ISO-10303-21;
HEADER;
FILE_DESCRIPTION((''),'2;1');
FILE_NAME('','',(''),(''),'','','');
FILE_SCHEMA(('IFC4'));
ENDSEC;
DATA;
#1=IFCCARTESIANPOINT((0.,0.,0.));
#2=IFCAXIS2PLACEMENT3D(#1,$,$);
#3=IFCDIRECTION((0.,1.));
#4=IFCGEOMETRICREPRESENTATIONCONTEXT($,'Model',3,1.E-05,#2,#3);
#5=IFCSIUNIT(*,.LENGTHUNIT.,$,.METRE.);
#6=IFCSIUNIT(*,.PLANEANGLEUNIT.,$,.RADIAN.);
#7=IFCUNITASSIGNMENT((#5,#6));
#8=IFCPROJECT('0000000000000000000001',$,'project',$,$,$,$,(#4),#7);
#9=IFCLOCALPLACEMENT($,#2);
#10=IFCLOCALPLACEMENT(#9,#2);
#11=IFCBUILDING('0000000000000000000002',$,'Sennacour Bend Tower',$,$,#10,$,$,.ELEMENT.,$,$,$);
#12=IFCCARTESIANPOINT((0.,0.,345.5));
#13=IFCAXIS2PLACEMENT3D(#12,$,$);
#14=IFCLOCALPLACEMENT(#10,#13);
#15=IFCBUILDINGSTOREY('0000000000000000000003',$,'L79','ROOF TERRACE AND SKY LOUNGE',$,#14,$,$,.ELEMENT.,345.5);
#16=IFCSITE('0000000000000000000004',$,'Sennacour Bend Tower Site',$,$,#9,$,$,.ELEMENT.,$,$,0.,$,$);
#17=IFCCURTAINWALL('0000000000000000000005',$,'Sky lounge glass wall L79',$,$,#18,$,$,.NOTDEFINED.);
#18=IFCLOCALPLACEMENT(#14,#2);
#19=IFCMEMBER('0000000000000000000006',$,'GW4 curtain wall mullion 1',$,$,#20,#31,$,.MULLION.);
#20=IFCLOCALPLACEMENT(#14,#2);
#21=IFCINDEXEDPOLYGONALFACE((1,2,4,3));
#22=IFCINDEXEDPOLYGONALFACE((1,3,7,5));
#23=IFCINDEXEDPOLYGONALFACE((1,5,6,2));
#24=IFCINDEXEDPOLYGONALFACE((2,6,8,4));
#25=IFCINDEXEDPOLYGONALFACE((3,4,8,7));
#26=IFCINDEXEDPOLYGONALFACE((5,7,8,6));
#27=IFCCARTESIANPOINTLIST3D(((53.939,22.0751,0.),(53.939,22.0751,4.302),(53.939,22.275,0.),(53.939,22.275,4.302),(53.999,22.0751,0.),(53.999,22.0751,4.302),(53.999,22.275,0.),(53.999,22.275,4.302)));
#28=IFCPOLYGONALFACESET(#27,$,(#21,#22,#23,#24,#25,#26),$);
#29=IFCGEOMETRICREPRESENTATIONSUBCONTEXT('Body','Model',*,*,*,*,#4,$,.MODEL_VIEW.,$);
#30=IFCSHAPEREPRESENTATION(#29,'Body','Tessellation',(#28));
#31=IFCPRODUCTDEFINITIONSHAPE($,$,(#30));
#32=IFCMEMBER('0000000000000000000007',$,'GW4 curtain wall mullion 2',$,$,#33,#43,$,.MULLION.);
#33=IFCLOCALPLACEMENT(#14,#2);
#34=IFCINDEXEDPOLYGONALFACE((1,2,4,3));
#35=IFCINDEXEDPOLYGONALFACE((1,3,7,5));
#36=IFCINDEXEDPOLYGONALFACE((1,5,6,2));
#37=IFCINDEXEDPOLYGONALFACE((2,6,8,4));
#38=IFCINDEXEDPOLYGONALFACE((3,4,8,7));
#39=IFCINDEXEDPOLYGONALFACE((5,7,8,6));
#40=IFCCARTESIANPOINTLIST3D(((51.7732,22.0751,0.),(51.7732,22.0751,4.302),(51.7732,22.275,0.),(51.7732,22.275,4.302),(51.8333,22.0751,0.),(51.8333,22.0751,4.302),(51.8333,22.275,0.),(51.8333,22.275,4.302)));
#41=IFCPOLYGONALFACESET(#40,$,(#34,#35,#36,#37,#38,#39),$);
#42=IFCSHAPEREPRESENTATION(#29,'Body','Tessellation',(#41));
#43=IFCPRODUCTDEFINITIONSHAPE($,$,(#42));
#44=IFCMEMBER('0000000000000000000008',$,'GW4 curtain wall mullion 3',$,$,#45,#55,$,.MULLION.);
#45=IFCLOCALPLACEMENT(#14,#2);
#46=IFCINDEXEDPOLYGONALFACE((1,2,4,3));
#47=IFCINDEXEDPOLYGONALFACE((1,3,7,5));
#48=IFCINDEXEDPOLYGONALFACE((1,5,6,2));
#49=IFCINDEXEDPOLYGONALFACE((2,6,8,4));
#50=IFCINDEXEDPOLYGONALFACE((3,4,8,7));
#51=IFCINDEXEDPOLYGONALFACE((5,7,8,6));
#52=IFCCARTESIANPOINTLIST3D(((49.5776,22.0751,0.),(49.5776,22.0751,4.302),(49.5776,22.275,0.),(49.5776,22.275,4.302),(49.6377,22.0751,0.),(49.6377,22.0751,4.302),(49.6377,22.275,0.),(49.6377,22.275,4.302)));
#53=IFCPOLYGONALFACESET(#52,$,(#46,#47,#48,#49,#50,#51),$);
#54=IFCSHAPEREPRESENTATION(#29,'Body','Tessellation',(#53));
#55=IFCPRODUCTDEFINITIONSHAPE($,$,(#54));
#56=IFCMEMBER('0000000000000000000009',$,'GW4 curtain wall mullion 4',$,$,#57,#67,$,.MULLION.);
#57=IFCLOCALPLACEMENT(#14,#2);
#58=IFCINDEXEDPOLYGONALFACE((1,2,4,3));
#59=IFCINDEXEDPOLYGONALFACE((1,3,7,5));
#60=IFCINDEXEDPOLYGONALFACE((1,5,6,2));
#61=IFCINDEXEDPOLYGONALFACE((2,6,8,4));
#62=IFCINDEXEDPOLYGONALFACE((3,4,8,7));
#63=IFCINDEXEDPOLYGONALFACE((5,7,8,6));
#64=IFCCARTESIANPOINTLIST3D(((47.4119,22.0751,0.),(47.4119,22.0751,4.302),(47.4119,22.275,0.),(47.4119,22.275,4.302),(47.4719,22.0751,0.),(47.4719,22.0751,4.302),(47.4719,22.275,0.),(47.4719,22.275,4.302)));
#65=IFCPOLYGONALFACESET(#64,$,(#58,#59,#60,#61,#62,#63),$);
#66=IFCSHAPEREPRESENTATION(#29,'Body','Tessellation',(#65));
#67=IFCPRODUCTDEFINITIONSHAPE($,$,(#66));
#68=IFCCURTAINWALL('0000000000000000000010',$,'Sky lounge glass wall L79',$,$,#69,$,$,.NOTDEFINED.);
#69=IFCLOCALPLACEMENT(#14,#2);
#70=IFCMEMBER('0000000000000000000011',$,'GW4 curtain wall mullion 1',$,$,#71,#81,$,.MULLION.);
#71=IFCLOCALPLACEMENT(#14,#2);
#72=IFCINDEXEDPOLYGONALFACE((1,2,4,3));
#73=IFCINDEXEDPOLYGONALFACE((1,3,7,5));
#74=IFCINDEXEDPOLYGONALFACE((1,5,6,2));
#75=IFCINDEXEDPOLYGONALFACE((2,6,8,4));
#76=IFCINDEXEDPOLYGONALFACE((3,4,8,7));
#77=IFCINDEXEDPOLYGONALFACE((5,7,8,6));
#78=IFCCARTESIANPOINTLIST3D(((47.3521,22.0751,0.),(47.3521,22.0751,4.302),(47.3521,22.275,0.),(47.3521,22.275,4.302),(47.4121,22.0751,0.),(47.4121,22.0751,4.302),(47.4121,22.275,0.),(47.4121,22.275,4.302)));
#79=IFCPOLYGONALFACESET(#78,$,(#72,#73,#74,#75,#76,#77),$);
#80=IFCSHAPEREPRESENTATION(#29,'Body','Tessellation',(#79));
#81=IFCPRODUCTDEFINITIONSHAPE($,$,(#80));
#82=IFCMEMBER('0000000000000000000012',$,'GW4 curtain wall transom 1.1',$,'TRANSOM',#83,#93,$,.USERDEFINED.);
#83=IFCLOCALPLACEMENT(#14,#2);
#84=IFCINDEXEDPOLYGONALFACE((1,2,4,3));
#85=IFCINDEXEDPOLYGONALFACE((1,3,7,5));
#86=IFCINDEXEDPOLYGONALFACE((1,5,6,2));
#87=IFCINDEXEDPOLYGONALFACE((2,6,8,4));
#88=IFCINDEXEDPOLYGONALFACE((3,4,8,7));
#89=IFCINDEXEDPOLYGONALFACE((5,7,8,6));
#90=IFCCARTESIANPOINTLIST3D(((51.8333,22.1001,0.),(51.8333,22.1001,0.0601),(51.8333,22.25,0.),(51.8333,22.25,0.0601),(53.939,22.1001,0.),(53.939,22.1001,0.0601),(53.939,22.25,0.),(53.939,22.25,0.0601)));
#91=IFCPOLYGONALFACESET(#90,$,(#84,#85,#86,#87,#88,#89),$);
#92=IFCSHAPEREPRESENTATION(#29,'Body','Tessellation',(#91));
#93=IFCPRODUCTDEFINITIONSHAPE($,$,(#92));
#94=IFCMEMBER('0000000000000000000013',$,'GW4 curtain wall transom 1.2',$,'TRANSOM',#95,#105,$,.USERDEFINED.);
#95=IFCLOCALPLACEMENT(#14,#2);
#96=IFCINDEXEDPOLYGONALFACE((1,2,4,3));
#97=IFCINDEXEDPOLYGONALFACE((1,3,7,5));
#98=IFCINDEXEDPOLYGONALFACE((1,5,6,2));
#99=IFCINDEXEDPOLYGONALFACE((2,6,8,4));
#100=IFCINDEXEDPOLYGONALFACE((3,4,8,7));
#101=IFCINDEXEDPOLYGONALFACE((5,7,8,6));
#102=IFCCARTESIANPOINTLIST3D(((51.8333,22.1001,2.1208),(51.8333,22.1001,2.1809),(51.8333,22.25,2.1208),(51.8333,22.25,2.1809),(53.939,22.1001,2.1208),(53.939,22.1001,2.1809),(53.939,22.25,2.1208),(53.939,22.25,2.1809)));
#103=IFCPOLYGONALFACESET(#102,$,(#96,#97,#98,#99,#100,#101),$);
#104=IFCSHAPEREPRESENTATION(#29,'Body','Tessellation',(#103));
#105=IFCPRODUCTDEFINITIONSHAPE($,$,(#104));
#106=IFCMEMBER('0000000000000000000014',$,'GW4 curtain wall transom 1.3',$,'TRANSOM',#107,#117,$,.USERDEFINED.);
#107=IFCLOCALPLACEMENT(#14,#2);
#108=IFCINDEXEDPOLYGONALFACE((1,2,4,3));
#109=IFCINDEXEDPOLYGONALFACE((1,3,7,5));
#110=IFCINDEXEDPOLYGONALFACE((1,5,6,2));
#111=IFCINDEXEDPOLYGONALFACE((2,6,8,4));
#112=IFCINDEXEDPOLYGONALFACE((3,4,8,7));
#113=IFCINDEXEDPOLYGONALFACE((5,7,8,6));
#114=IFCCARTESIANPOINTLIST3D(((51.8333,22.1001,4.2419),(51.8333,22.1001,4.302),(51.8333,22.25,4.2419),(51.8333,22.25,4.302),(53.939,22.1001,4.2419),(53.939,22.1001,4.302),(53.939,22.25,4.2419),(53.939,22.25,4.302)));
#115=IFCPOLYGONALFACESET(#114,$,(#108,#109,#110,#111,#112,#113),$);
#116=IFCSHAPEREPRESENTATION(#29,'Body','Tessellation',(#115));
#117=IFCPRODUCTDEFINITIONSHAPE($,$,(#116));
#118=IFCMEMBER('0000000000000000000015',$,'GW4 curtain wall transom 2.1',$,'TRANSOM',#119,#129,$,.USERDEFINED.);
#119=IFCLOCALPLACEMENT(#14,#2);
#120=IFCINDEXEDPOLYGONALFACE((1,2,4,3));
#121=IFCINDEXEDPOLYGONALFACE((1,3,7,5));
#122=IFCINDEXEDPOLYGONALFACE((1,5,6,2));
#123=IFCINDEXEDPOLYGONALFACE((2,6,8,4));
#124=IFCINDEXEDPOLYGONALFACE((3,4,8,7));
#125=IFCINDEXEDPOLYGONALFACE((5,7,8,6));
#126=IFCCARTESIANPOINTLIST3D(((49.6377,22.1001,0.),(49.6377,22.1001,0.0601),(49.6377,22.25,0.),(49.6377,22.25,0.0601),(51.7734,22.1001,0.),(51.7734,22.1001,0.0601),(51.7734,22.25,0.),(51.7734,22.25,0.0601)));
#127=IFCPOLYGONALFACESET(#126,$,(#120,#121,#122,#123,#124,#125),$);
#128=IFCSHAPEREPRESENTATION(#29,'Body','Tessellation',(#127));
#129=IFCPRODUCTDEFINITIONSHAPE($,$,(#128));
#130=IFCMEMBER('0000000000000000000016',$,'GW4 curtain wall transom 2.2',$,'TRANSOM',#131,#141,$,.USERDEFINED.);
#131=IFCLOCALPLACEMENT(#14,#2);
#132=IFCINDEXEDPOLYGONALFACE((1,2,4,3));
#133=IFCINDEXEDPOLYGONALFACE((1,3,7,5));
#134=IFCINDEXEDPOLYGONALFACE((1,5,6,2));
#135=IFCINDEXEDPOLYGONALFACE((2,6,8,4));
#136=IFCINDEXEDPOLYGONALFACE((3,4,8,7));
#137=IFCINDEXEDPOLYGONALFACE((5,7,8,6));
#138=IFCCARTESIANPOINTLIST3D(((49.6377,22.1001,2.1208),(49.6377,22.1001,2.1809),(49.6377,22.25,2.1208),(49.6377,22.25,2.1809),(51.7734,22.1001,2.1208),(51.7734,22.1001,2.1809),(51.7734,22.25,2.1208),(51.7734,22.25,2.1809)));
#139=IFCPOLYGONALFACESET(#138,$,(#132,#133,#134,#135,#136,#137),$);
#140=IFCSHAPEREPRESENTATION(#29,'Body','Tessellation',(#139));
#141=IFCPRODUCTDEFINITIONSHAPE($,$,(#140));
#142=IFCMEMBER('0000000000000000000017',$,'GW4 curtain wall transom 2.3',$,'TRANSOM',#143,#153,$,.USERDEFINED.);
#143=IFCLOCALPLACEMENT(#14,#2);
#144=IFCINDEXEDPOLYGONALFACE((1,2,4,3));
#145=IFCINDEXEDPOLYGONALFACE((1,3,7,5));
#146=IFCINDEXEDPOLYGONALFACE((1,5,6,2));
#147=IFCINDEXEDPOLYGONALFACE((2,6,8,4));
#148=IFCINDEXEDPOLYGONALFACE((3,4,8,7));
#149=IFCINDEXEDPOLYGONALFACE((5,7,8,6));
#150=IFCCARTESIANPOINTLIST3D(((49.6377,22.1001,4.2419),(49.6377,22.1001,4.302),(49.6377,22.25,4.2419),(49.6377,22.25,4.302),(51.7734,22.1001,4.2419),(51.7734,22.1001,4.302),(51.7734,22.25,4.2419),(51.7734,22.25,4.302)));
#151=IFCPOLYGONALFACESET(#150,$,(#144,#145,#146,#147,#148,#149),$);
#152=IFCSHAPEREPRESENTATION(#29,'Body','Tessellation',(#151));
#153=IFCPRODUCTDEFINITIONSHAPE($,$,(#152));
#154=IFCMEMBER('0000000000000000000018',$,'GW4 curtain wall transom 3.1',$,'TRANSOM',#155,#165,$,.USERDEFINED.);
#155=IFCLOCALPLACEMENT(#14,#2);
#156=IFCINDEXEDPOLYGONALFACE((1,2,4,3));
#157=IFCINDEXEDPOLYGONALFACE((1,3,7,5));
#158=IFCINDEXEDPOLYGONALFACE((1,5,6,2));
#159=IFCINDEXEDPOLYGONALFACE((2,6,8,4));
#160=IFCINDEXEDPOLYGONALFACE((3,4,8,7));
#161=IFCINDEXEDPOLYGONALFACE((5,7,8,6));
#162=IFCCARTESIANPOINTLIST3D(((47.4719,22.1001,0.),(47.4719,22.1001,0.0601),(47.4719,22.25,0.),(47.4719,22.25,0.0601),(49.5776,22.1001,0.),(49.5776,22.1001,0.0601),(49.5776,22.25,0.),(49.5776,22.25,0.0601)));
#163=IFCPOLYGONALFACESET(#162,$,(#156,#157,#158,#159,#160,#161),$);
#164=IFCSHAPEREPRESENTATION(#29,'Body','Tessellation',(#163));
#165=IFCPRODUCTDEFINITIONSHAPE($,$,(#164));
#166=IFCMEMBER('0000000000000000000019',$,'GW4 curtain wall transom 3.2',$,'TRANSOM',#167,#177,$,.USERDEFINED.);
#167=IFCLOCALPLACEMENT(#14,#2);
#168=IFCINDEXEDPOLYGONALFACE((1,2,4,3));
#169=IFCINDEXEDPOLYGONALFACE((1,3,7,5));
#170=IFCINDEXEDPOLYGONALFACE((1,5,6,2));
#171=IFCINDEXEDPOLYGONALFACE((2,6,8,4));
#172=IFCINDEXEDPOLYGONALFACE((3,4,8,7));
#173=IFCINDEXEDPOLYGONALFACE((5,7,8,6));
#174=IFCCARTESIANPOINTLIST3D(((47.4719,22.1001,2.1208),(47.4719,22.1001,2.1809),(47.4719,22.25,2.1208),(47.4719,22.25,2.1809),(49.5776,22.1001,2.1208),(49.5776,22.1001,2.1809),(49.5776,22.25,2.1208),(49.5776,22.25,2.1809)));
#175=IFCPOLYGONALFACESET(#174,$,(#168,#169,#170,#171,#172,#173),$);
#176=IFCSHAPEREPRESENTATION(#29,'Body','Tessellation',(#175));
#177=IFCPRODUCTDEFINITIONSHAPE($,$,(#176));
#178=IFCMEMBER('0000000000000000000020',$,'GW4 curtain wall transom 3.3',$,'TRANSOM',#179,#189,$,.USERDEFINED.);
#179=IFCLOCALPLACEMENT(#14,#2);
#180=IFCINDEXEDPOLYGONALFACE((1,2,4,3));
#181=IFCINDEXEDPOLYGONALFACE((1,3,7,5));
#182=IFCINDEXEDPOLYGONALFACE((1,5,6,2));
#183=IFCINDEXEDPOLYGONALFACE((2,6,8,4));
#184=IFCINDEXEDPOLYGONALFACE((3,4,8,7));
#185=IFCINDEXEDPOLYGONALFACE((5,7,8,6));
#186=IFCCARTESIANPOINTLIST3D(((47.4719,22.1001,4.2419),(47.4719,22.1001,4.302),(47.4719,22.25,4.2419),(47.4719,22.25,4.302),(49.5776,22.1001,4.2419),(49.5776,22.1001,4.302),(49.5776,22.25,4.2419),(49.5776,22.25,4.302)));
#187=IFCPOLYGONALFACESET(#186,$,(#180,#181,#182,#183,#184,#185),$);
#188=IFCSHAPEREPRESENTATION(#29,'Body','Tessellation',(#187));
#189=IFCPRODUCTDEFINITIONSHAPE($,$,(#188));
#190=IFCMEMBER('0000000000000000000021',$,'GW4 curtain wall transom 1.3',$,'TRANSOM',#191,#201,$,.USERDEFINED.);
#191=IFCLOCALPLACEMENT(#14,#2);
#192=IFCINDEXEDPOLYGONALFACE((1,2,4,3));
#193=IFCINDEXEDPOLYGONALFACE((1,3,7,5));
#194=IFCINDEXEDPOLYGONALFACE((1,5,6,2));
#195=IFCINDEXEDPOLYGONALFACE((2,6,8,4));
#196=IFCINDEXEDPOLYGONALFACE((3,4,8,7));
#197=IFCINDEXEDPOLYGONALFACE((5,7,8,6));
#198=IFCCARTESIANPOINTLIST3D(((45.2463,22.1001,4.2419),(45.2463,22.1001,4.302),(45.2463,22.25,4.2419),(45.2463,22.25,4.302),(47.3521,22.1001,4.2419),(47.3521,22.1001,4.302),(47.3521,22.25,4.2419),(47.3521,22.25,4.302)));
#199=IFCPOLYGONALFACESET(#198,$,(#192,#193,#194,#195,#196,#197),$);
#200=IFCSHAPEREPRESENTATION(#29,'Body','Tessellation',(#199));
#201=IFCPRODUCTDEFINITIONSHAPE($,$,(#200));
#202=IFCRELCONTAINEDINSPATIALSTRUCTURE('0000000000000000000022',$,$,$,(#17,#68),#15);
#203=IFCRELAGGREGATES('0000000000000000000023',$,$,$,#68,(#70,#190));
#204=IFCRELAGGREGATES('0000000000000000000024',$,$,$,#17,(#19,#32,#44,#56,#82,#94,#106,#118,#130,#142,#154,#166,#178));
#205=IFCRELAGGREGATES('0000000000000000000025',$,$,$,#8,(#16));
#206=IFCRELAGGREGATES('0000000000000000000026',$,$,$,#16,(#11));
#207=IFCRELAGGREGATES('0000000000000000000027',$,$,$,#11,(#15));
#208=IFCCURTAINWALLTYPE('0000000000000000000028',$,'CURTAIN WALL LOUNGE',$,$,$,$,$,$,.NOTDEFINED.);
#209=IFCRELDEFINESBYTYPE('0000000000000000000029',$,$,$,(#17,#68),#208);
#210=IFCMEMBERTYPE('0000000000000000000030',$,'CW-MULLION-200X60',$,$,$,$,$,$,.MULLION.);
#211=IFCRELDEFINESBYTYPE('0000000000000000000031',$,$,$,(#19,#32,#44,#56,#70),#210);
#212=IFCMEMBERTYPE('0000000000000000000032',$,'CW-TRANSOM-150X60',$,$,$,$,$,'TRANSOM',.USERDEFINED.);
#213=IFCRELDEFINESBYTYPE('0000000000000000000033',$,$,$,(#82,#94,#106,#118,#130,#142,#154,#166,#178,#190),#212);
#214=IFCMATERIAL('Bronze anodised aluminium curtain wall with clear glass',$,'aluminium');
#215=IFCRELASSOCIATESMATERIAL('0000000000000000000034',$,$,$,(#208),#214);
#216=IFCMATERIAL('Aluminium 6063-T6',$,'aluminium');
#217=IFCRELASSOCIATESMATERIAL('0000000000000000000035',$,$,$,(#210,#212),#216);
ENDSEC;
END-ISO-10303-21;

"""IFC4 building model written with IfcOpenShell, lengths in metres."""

from ifc_helpers import new_model, si_unit, direction, frame, origin, origin_2d, place, context, subcontext, project, spatial, rectangle, extrude, material, material_profile, profile_set, type_object, element, aggregate, save


model = new_model("IFC4")

# Units and contexts
model_context = context("Model", 3, precision=1e-05, world=origin(), true_north=direction((0.0, 1.0)))
body_context = subcontext(model_context, "Body", "Model", "MODEL_VIEW")
ifc_project = project(units=[si_unit("LENGTHUNIT", "METRE"), si_unit("PLANEANGLEUNIT", "RADIAN")], contexts=[model_context])

# Site, building, storey
site_placement = place(None, origin())
site = spatial("IfcSite", under=ifc_project, at=site_placement, Name="Sennacour Bend Tower Site", CompositionType="ELEMENT", RefElevation=0.0)
building_placement = place(site_placement, origin())
building = spatial("IfcBuilding", under=site, at=building_placement, Name="Sennacour Bend Tower", CompositionType="ELEMENT")
storey_placement = place(building_placement, frame((0.0, 0.0, 345.5)))
storey = spatial("IfcBuildingStorey", under=building, at=storey_placement, Name="L79", Description="ROOF TERRACE AND SKY LOUNGE", CompositionType="ELEMENT", Elevation=345.5)

# Curtain wall, members
ifc_material_1 = material(Name="Bronze anodised aluminium curtain wall with clear glass", Category="aluminium")
curtain_wall_type = type_object("IfcCurtainWallType", Name="CURTAIN WALL LOUNGE", PredefinedType="NOTDEFINED", material=ifc_material_1)
curtain_wall_1_placement = place(storey_placement, origin())
curtain_wall_1 = element("IfcCurtainWall", 1, at=curtain_wall_1_placement, inside=storey, type_object=curtain_wall_type, Name="Sky lounge glass wall L79", PredefinedType="NOTDEFINED")
ifc_material_2 = material(Name="Aluminium 6063-T6", Category="aluminium")
ifc_material_profile_1 = material_profile(ifc_material_2, rectangle(XDim=0.2, YDim=0.0601, at=origin_2d()), Name="Aluminium 6063-T6", Category="aluminium")
ifc_profile_set_1 = profile_set([ifc_material_profile_1], Name="Aluminium 6063-T6")
member_type_1 = type_object("IfcMemberType", Name="CW-MULLION-200X60", PredefinedType="MULLION", material=ifc_profile_set_1)
member_1_placement = place(storey_placement, frame((53.969, 22.175, 0.0), z_axis=(0.0, 0.0, 1.0), x_axis=(0.0, -1.0, 0.0)))
member_1 = element("IfcMember", 2, at=member_1_placement, type_object=member_type_1, Name="GW4 curtain wall mullion 1", PredefinedType="MULLION", context=body_context, shape_type="SweptSolid", body=[
    extrude(rectangle(XDim=0.2, YDim=0.0601, at=origin_2d()), origin(), (0.0, 0.0, 1.0), 4.302),
])
member_2_placement = place(storey_placement, frame((51.8032, 22.175, 0.0), z_axis=(0.0, 0.0, 1.0), x_axis=(0.0, -1.0, 0.0)))
member_2 = element("IfcMember", 3, at=member_2_placement, type_object=member_type_1, Name="GW4 curtain wall mullion 2", PredefinedType="MULLION", context=body_context, shape_type="SweptSolid", body=[
    extrude(rectangle(XDim=0.2, YDim=0.0601, at=origin_2d()), origin(), (0.0, 0.0, 1.0), 4.302),
])
member_3_placement = place(storey_placement, frame((49.6077, 22.175, 0.0), z_axis=(0.0, 0.0, 1.0), x_axis=(0.0, -1.0, 0.0)))
member_3 = element("IfcMember", 4, at=member_3_placement, type_object=member_type_1, Name="GW4 curtain wall mullion 3", PredefinedType="MULLION", context=body_context, shape_type="SweptSolid", body=[
    extrude(rectangle(XDim=0.2, YDim=0.0601, at=origin_2d()), origin(), (0.0, 0.0, 1.0), 4.302),
])
member_4_placement = place(storey_placement, frame((47.4419, 22.175, 0.0), z_axis=(0.0, 0.0, 1.0), x_axis=(0.0, -1.0, 0.0)))
member_4 = element("IfcMember", 5, at=member_4_placement, type_object=member_type_1, Name="GW4 curtain wall mullion 4", PredefinedType="MULLION", context=body_context, shape_type="SweptSolid", body=[
    extrude(rectangle(XDim=0.2, YDim=0.0601, at=origin_2d()), origin(), (0.0, 0.0, 1.0), 4.302),
])

# Curtain wall, member
curtain_wall_2_placement = place(storey_placement, origin())
curtain_wall_2 = element("IfcCurtainWall", 6, at=curtain_wall_2_placement, inside=storey, type_object=curtain_wall_type, Name="Sky lounge glass wall L79", PredefinedType="NOTDEFINED")
member_5_placement = place(storey_placement, frame((47.3821, 22.175, 0.0), z_axis=(0.0, 0.0, 1.0), x_axis=(0.0, -1.0, 0.0)))
member_5 = element("IfcMember", 7, at=member_5_placement, type_object=member_type_1, Name="GW4 curtain wall mullion 1", PredefinedType="MULLION", context=body_context, shape_type="SweptSolid", body=[
    extrude(rectangle(XDim=0.2, YDim=0.0601, at=origin_2d()), origin(), (0.0, 0.0, 1.0), 4.302),
])

# Members
ifc_material_profile_2 = material_profile(ifc_material_2, rectangle(XDim=0.1499, YDim=0.0601, at=origin_2d()), Name="Aluminium 6063-T6", Category="aluminium")
ifc_profile_set_2 = profile_set([ifc_material_profile_2], Name="Aluminium 6063-T6")
member_type_2 = type_object("IfcMemberType", Name="CW-TRANSOM-150X60", ElementType="TRANSOM", PredefinedType="USERDEFINED", material=ifc_profile_set_2)
member_6_placement = place(storey_placement, frame((53.939, 22.175, 0.03), z_axis=(-1.0, 0.0, 0.0), x_axis=(0.0, -1.0, 0.0)))
member_6 = element("IfcMember", 8, at=member_6_placement, type_object=member_type_2, Name="GW4 curtain wall transom 1.1", ObjectType="TRANSOM", PredefinedType="USERDEFINED", context=body_context, shape_type="SweptSolid", body=[
    extrude(rectangle(XDim=0.1499, YDim=0.0601, at=origin_2d()), origin(), (0.0, 0.0, 1.0), 2.1057),
])
member_7_placement = place(storey_placement, frame((53.939, 22.175, 2.1509), z_axis=(-1.0, 0.0, 0.0), x_axis=(0.0, -1.0, 0.0)))
member_7 = element("IfcMember", 9, at=member_7_placement, type_object=member_type_2, Name="GW4 curtain wall transom 1.2", ObjectType="TRANSOM", PredefinedType="USERDEFINED", context=body_context, shape_type="SweptSolid", body=[
    extrude(rectangle(XDim=0.1499, YDim=0.0601, at=origin_2d()), origin(), (0.0, 0.0, 1.0), 2.1057),
])
member_8_placement = place(storey_placement, frame((53.939, 22.175, 4.272), z_axis=(-1.0, 0.0, 0.0), x_axis=(0.0, -1.0, 0.0)))
member_8 = element("IfcMember", 10, at=member_8_placement, type_object=member_type_2, Name="GW4 curtain wall transom 1.3", ObjectType="TRANSOM", PredefinedType="USERDEFINED", context=body_context, shape_type="SweptSolid", body=[
    extrude(rectangle(XDim=0.1499, YDim=0.0601, at=origin_2d()), origin(), (0.0, 0.0, 1.0), 2.1057),
])
member_9_placement = place(storey_placement, frame((51.7734, 22.175, 0.03), z_axis=(-1.0, 0.0, 0.0), x_axis=(0.0, -1.0, 0.0)))
member_9 = element("IfcMember", 11, at=member_9_placement, type_object=member_type_2, Name="GW4 curtain wall transom 2.1", ObjectType="TRANSOM", PredefinedType="USERDEFINED", context=body_context, shape_type="SweptSolid", body=[
    extrude(rectangle(XDim=0.1499, YDim=0.0601, at=origin_2d()), origin(), (0.0, 0.0, 1.0), 2.1357),
])
member_10_placement = place(storey_placement, frame((51.7734, 22.175, 2.1509), z_axis=(-1.0, 0.0, 0.0), x_axis=(0.0, -1.0, 0.0)))
member_10 = element("IfcMember", 12, at=member_10_placement, type_object=member_type_2, Name="GW4 curtain wall transom 2.2", ObjectType="TRANSOM", PredefinedType="USERDEFINED", context=body_context, shape_type="SweptSolid", body=[
    extrude(rectangle(XDim=0.1499, YDim=0.0601, at=origin_2d()), origin(), (0.0, 0.0, 1.0), 2.1357),
])
member_11_placement = place(storey_placement, frame((51.7734, 22.175, 4.272), z_axis=(-1.0, 0.0, 0.0), x_axis=(0.0, -1.0, 0.0)))
member_11 = element("IfcMember", 13, at=member_11_placement, type_object=member_type_2, Name="GW4 curtain wall transom 2.3", ObjectType="TRANSOM", PredefinedType="USERDEFINED", context=body_context, shape_type="SweptSolid", body=[
    extrude(rectangle(XDim=0.1499, YDim=0.0601, at=origin_2d()), origin(), (0.0, 0.0, 1.0), 2.1357),
])
member_12_placement = place(storey_placement, frame((49.5776, 22.175, 0.03), z_axis=(-1.0, 0.0, 0.0), x_axis=(0.0, -1.0, 0.0)))
member_12 = element("IfcMember", 14, at=member_12_placement, type_object=member_type_2, Name="GW4 curtain wall transom 3.1", ObjectType="TRANSOM", PredefinedType="USERDEFINED", context=body_context, shape_type="SweptSolid", body=[
    extrude(rectangle(XDim=0.1499, YDim=0.0601, at=origin_2d()), origin(), (0.0, 0.0, 1.0), 2.1057),
])
member_13_placement = place(storey_placement, frame((49.5776, 22.175, 2.1509), z_axis=(-1.0, 0.0, 0.0), x_axis=(0.0, -1.0, 0.0)))
member_13 = element("IfcMember", 15, at=member_13_placement, type_object=member_type_2, Name="GW4 curtain wall transom 3.2", ObjectType="TRANSOM", PredefinedType="USERDEFINED", context=body_context, shape_type="SweptSolid", body=[
    extrude(rectangle(XDim=0.1499, YDim=0.0601, at=origin_2d()), origin(), (0.0, 0.0, 1.0), 2.1057),
])
member_14_placement = place(storey_placement, frame((49.5776, 22.175, 4.272), z_axis=(-1.0, 0.0, 0.0), x_axis=(0.0, -1.0, 0.0)))
member_14 = element("IfcMember", 16, at=member_14_placement, type_object=member_type_2, Name="GW4 curtain wall transom 3.3", ObjectType="TRANSOM", PredefinedType="USERDEFINED", context=body_context, shape_type="SweptSolid", body=[
    extrude(rectangle(XDim=0.1499, YDim=0.0601, at=origin_2d()), origin(), (0.0, 0.0, 1.0), 2.1057),
])
member_15_placement = place(storey_placement, frame((47.3521, 22.175, 4.272), z_axis=(-1.0, 0.0, 0.0), x_axis=(0.0, -1.0, 0.0)))
member_15 = element("IfcMember", 17, at=member_15_placement, type_object=member_type_2, Name="GW4 curtain wall transom 1.3", ObjectType="TRANSOM", PredefinedType="USERDEFINED", context=body_context, shape_type="SweptSolid", body=[
    extrude(rectangle(XDim=0.1499, YDim=0.0601, at=origin_2d()), origin(), (0.0, 0.0, 1.0), 2.1057),
])
aggregate(curtain_wall_2, [member_5, member_15])

aggregate(curtain_wall_1, [member_1, member_2, member_3, member_4, member_6, member_7, member_8, member_9, member_10, member_11, member_12, member_13, member_14])

save(model, "model.ifc")
